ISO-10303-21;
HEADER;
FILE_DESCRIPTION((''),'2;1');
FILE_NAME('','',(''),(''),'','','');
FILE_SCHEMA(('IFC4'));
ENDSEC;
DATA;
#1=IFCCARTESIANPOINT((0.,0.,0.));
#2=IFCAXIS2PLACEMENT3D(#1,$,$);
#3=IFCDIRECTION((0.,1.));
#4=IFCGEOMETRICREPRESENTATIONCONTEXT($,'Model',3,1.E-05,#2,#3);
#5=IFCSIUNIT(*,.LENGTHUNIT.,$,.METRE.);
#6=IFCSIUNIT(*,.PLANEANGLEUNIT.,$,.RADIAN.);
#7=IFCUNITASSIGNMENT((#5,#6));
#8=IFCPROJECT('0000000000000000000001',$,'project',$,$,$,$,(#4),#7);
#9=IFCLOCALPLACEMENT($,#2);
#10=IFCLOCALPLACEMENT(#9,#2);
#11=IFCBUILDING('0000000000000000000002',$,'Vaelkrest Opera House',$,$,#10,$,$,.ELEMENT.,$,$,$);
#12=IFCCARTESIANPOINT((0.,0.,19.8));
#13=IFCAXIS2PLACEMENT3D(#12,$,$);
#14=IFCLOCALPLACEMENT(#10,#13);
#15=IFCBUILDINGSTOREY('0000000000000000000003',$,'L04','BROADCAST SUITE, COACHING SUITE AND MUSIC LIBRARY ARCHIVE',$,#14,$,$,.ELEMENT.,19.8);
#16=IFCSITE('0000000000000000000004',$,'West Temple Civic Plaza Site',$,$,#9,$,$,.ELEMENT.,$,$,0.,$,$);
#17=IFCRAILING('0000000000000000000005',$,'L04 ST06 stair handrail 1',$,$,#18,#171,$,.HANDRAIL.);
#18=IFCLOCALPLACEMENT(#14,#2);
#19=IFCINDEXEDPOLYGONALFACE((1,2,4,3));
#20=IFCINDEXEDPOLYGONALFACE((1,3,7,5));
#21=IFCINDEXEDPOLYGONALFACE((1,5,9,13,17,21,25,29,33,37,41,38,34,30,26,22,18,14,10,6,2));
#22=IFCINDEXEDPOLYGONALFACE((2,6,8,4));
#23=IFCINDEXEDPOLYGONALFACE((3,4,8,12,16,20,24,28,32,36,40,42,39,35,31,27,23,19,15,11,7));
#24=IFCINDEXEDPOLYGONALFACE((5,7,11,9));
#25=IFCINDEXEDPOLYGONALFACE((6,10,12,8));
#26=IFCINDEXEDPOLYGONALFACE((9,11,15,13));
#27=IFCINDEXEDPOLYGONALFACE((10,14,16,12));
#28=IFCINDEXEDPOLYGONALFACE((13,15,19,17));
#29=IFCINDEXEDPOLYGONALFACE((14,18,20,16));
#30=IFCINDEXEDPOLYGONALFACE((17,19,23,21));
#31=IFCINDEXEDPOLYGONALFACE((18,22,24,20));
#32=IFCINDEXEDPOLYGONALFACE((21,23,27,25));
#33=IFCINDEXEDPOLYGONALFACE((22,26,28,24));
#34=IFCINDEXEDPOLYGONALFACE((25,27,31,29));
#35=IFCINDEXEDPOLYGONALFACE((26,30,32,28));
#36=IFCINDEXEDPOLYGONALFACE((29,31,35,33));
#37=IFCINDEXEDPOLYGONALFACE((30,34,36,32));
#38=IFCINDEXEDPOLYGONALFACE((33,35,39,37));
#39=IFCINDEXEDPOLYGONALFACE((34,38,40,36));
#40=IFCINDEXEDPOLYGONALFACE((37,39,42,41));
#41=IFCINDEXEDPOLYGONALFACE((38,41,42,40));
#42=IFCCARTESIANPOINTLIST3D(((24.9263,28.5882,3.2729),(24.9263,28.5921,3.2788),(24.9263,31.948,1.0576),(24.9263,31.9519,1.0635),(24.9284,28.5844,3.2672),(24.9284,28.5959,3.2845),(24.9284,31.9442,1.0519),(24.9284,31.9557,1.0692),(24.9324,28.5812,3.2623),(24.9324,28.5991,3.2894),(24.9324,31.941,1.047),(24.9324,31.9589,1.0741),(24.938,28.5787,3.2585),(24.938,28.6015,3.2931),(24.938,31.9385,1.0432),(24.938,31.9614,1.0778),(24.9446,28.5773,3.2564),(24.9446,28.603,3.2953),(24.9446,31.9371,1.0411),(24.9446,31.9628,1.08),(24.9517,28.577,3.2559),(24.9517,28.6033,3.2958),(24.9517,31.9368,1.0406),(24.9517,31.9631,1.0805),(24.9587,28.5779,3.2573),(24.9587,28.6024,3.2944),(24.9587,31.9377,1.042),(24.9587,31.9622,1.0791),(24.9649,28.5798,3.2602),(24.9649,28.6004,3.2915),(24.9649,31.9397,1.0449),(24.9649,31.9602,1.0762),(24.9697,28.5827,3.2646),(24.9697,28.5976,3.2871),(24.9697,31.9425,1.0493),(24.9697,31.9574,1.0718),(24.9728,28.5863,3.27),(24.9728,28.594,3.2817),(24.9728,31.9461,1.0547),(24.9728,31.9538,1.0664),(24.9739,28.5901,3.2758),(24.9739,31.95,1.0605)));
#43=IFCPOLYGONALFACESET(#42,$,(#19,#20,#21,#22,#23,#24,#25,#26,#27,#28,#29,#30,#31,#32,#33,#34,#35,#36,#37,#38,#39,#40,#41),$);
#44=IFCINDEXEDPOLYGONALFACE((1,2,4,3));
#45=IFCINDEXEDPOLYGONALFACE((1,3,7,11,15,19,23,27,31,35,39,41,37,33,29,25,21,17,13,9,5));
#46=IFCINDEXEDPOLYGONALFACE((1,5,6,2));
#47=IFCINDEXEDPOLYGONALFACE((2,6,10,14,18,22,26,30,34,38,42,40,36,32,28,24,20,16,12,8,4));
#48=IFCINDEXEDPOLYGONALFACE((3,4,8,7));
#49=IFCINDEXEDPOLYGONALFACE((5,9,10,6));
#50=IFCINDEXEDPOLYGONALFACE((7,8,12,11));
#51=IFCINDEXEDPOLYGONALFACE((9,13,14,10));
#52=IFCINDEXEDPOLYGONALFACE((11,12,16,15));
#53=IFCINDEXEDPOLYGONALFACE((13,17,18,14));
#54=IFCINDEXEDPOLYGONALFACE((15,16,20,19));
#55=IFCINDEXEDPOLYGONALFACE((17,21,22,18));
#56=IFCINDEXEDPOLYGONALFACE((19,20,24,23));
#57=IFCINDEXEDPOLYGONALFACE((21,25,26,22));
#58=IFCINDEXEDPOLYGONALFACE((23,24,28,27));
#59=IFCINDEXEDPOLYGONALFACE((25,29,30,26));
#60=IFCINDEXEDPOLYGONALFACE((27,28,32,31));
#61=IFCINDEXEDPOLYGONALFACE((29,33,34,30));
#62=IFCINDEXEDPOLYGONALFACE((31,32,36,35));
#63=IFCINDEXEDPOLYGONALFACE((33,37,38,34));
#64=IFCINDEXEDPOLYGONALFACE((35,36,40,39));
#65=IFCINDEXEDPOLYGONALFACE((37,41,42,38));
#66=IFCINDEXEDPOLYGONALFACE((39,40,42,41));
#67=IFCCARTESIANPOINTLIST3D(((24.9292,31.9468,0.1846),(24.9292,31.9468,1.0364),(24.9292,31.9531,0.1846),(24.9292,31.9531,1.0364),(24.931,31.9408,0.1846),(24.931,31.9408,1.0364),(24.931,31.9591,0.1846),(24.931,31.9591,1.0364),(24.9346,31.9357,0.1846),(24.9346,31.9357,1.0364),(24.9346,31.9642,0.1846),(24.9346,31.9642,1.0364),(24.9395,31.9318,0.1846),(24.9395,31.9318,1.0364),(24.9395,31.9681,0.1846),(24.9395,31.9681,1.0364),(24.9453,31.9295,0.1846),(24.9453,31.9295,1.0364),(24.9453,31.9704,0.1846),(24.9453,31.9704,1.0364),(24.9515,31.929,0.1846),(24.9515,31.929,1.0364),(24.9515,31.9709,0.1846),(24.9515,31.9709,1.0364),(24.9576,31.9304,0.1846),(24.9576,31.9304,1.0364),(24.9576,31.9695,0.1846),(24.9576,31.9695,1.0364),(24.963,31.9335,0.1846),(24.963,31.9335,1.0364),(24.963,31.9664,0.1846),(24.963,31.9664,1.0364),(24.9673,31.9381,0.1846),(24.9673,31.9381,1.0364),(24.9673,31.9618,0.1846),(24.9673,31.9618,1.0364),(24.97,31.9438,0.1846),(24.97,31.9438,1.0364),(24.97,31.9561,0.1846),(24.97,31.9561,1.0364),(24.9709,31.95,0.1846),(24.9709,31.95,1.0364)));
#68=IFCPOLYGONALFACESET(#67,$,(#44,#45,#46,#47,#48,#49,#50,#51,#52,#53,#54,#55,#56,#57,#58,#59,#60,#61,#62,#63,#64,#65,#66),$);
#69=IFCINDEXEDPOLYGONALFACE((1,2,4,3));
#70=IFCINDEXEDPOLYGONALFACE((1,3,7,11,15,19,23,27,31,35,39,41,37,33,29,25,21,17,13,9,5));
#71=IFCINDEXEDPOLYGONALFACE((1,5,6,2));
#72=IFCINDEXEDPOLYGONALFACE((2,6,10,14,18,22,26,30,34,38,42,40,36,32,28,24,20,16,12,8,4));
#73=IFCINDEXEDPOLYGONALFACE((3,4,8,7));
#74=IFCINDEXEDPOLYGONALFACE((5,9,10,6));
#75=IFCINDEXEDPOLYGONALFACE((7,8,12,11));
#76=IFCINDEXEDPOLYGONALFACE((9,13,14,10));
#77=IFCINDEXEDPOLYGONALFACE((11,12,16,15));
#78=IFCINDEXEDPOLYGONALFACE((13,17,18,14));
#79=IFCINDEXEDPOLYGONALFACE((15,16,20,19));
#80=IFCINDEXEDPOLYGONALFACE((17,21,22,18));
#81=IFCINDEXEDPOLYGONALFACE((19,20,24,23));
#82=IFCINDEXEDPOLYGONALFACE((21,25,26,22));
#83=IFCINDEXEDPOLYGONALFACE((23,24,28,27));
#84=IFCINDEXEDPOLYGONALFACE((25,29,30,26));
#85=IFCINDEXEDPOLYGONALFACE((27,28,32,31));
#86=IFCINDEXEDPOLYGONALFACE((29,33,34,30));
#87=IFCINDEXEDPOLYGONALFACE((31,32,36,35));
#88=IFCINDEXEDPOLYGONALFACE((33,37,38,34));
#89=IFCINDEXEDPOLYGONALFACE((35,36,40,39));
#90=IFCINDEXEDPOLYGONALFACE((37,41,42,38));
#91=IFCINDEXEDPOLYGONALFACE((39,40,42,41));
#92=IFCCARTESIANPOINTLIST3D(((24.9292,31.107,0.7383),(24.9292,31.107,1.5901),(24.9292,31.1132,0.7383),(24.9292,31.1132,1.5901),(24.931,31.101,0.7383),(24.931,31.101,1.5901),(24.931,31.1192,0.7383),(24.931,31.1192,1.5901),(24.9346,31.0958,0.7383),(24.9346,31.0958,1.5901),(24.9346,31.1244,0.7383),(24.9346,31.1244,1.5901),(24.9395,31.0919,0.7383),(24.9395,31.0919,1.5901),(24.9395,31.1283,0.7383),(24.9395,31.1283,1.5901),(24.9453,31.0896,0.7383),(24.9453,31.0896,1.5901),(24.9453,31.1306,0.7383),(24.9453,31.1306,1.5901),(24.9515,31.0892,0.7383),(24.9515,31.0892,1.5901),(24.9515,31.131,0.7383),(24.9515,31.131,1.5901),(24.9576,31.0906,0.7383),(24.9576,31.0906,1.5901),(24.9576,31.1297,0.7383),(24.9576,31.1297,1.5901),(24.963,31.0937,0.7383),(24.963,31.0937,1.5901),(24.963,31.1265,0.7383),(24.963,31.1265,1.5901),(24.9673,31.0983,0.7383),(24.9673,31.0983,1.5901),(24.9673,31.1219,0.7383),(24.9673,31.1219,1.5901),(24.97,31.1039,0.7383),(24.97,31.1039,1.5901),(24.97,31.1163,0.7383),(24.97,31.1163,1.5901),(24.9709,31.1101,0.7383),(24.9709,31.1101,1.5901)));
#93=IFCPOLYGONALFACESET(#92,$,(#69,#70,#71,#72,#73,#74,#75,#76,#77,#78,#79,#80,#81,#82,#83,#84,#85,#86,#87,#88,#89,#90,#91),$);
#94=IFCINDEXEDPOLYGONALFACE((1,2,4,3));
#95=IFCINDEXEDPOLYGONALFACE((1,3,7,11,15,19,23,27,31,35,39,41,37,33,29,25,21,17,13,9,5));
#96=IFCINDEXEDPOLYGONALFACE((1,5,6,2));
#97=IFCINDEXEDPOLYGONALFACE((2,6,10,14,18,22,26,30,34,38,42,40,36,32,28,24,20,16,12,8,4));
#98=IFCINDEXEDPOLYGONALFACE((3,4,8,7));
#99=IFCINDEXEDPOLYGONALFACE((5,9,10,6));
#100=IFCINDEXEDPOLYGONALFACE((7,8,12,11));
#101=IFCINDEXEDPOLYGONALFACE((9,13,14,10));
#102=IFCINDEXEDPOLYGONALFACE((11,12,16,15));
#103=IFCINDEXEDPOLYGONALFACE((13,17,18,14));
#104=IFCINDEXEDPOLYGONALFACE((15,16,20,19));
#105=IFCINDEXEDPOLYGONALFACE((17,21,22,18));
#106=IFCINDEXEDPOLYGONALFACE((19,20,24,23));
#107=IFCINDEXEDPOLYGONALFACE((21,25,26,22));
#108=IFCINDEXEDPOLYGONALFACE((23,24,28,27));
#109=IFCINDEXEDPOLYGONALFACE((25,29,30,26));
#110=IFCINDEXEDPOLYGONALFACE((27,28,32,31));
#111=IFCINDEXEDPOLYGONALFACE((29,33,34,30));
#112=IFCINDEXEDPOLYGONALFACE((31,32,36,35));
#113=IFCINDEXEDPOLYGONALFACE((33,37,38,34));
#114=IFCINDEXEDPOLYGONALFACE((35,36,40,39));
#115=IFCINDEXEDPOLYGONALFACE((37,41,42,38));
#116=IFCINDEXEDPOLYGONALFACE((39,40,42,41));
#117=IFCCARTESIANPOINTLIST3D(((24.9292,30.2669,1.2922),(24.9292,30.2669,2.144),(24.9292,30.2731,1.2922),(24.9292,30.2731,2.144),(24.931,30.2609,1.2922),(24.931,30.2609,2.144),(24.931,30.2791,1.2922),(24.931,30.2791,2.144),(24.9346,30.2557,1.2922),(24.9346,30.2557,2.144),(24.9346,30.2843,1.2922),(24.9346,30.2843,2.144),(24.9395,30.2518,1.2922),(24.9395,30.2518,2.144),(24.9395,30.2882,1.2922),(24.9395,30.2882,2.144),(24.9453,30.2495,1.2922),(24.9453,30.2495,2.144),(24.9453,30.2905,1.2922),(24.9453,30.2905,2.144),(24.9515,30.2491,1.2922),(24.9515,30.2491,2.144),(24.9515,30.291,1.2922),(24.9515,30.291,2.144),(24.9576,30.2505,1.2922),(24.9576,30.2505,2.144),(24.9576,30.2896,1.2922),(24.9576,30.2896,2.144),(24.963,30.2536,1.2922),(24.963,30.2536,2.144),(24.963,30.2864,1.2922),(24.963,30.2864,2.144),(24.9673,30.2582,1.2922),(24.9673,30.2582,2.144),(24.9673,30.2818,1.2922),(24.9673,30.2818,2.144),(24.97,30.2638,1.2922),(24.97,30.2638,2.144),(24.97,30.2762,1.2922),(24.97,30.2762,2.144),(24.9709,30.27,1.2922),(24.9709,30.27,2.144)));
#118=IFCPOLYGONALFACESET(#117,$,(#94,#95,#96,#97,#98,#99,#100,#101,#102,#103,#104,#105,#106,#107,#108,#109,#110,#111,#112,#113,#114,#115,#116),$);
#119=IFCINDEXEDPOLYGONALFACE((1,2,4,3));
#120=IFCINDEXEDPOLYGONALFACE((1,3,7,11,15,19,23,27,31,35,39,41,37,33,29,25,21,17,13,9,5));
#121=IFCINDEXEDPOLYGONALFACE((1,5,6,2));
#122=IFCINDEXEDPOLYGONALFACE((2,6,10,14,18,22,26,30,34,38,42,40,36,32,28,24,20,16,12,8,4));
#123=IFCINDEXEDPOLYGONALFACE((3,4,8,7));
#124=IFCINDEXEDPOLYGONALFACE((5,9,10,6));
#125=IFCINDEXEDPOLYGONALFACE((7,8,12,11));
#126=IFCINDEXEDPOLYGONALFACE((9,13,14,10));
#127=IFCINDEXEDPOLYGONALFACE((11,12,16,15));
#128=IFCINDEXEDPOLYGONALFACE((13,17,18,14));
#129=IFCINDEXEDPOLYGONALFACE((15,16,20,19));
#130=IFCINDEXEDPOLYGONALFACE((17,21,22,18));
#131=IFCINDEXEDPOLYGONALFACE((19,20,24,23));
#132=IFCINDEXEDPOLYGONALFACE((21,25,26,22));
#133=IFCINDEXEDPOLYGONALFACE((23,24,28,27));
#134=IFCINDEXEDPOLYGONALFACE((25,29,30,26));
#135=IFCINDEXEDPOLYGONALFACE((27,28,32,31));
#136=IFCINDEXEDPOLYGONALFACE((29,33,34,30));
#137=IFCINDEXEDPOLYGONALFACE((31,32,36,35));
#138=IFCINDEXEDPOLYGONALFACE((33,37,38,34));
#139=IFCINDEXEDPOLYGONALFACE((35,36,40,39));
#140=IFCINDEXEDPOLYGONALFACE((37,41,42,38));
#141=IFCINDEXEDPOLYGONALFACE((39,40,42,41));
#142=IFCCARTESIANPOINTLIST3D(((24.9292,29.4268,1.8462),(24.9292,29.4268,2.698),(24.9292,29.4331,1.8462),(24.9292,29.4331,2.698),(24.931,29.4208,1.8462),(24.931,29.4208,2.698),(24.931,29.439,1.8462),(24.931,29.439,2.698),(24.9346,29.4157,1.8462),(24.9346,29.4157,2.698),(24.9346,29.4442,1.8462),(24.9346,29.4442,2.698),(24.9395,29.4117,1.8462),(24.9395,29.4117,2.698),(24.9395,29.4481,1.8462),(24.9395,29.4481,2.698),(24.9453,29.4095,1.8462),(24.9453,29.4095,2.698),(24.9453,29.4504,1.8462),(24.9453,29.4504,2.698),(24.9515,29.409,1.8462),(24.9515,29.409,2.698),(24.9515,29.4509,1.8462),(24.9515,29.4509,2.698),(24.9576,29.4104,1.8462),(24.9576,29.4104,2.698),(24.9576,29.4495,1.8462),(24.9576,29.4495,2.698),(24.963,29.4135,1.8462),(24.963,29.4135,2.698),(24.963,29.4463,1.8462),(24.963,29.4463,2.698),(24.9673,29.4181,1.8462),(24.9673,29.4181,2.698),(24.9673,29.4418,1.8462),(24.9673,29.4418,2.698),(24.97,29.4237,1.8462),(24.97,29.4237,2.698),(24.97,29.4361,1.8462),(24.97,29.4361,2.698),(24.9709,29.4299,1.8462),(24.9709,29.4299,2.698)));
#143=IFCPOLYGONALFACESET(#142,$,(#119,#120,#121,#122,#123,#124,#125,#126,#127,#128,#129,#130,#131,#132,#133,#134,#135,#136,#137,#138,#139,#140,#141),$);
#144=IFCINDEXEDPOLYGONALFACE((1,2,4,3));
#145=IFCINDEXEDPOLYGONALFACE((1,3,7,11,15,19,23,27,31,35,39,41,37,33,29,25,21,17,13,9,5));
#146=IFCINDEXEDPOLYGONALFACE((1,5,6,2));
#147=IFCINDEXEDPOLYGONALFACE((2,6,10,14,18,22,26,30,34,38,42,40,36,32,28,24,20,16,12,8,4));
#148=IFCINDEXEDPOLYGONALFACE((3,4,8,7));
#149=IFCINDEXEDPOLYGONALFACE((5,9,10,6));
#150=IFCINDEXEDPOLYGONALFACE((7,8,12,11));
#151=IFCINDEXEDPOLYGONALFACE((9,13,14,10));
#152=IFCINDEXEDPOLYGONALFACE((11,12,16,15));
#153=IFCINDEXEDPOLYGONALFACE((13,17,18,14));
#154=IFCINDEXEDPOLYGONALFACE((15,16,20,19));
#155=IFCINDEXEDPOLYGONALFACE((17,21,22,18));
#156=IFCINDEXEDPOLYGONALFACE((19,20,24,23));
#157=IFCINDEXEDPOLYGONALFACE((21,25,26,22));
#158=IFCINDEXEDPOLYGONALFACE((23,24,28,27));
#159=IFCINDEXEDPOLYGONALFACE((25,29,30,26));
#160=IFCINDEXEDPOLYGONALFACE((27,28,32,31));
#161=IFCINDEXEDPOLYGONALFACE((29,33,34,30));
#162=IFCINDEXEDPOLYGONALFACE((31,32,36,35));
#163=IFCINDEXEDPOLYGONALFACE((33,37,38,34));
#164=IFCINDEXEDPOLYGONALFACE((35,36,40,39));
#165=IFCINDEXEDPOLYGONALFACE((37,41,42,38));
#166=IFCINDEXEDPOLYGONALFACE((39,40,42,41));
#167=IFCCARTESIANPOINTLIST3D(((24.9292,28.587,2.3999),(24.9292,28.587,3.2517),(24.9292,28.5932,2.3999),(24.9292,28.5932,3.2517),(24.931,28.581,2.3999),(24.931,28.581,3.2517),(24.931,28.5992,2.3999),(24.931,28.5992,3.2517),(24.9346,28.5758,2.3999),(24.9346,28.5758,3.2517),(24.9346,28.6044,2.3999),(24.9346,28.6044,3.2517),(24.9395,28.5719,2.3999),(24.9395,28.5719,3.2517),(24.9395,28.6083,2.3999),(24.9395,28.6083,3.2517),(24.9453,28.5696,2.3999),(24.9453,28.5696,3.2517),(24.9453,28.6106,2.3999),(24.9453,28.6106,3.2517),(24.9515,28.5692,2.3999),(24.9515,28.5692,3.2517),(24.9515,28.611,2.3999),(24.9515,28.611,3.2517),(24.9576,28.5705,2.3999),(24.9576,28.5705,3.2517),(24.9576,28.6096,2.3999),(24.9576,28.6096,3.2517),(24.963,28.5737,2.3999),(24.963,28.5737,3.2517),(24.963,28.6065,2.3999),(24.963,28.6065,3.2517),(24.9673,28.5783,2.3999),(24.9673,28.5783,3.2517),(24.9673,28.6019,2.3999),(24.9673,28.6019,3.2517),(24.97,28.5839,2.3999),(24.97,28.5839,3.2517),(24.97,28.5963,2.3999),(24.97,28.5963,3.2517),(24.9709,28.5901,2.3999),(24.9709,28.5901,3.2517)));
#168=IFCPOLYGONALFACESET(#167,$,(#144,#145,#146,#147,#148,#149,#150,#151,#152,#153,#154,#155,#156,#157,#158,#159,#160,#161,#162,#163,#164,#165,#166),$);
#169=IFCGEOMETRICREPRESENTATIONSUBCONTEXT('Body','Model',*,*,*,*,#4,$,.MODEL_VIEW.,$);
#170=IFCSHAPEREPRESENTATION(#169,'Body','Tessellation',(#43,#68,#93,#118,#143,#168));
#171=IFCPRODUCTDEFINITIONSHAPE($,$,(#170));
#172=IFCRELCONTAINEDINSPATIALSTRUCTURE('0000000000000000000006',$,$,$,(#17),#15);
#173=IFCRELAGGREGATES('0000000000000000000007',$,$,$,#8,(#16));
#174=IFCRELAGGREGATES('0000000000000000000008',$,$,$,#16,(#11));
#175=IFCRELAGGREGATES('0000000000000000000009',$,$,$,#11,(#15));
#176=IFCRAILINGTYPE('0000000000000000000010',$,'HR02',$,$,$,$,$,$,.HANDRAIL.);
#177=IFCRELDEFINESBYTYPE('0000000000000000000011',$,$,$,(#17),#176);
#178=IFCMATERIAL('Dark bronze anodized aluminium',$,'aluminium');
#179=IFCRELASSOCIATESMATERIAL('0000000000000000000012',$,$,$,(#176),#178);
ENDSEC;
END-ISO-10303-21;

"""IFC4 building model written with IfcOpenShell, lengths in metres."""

from ifc_helpers import new_model, si_unit, direction, frame, origin, origin_2d, place, context, subcontext, project, spatial, circle, extrude, material, type_object, element, save


model = new_model("IFC4")

# Units and contexts
model_context = context("Model", 3, precision=1e-05, world=origin(), true_north=direction((0.0, 1.0)))
body_context = subcontext(model_context, "Body", "Model", "MODEL_VIEW")
ifc_project = project(units=[si_unit("LENGTHUNIT", "METRE"), si_unit("PLANEANGLEUNIT", "RADIAN")], contexts=[model_context])

# Site, building, storey
site_placement = place(None, origin())
site = spatial("IfcSite", under=ifc_project, at=site_placement, Name="West Temple Civic Plaza Site", CompositionType="ELEMENT", RefElevation=0.0)
building_placement = place(site_placement, origin())
building = spatial("IfcBuilding", under=site, at=building_placement, Name="Vaelkrest Opera House", CompositionType="ELEMENT")
storey_placement = place(building_placement, frame((0.0, 0.0, 19.8)))
storey = spatial("IfcBuildingStorey", under=building, at=storey_placement, Name="L04", Description="BROADCAST SUITE, COACHING SUITE AND MUSIC LIBRARY ARCHIVE", CompositionType="ELEMENT", Elevation=19.8)

# Railing
ifc_material_1 = material(Name="Dark bronze anodized aluminium", Category="aluminium")
railing_type_1 = type_object("IfcRailingType", Name="HR02", PredefinedType="HANDRAIL", material=ifc_material_1)
railing_1_placement = place(storey_placement, frame((24.95, 31.95, 0.1846)))
element("IfcRailing", 1, at=railing_1_placement, inside=storey, type_object=railing_type_1, Name="L04 ST06 stair handrail 1", PredefinedType="HANDRAIL", context=body_context, shape_type="SweptSolid", body=[
    extrude(circle(Radius=0.0239, at=origin_2d()), frame((0.0, 0.0, 0.876), z_axis=(0.0, -0.834858, 0.550465), x_axis=(1.0, 0.0, 0.0)), (0.0, 0.0, 1.0), 4.0244),
    extrude(circle(Radius=0.021, at=origin_2d()), origin(), (0.0, 0.0, 1.0), 0.8518),
    extrude(circle(Radius=0.021, at=origin_2d()), frame((0.0, -0.8398, 0.5537)), (0.0, 0.0, 1.0), 0.8518),
    extrude(circle(Radius=0.021, at=origin_2d()), frame((0.0, -1.6799, 1.1077)), (0.0, 0.0, 1.0), 0.8518),
    extrude(circle(Radius=0.021, at=origin_2d()), frame((0.0, -2.52, 1.6616)), (0.0, 0.0, 1.0), 0.8518),
    extrude(circle(Radius=0.021, at=origin_2d()), frame((0.0, -3.3599, 2.2153)), (0.0, 0.0, 1.0), 0.8518),
])

save(model, "model.ifc")
